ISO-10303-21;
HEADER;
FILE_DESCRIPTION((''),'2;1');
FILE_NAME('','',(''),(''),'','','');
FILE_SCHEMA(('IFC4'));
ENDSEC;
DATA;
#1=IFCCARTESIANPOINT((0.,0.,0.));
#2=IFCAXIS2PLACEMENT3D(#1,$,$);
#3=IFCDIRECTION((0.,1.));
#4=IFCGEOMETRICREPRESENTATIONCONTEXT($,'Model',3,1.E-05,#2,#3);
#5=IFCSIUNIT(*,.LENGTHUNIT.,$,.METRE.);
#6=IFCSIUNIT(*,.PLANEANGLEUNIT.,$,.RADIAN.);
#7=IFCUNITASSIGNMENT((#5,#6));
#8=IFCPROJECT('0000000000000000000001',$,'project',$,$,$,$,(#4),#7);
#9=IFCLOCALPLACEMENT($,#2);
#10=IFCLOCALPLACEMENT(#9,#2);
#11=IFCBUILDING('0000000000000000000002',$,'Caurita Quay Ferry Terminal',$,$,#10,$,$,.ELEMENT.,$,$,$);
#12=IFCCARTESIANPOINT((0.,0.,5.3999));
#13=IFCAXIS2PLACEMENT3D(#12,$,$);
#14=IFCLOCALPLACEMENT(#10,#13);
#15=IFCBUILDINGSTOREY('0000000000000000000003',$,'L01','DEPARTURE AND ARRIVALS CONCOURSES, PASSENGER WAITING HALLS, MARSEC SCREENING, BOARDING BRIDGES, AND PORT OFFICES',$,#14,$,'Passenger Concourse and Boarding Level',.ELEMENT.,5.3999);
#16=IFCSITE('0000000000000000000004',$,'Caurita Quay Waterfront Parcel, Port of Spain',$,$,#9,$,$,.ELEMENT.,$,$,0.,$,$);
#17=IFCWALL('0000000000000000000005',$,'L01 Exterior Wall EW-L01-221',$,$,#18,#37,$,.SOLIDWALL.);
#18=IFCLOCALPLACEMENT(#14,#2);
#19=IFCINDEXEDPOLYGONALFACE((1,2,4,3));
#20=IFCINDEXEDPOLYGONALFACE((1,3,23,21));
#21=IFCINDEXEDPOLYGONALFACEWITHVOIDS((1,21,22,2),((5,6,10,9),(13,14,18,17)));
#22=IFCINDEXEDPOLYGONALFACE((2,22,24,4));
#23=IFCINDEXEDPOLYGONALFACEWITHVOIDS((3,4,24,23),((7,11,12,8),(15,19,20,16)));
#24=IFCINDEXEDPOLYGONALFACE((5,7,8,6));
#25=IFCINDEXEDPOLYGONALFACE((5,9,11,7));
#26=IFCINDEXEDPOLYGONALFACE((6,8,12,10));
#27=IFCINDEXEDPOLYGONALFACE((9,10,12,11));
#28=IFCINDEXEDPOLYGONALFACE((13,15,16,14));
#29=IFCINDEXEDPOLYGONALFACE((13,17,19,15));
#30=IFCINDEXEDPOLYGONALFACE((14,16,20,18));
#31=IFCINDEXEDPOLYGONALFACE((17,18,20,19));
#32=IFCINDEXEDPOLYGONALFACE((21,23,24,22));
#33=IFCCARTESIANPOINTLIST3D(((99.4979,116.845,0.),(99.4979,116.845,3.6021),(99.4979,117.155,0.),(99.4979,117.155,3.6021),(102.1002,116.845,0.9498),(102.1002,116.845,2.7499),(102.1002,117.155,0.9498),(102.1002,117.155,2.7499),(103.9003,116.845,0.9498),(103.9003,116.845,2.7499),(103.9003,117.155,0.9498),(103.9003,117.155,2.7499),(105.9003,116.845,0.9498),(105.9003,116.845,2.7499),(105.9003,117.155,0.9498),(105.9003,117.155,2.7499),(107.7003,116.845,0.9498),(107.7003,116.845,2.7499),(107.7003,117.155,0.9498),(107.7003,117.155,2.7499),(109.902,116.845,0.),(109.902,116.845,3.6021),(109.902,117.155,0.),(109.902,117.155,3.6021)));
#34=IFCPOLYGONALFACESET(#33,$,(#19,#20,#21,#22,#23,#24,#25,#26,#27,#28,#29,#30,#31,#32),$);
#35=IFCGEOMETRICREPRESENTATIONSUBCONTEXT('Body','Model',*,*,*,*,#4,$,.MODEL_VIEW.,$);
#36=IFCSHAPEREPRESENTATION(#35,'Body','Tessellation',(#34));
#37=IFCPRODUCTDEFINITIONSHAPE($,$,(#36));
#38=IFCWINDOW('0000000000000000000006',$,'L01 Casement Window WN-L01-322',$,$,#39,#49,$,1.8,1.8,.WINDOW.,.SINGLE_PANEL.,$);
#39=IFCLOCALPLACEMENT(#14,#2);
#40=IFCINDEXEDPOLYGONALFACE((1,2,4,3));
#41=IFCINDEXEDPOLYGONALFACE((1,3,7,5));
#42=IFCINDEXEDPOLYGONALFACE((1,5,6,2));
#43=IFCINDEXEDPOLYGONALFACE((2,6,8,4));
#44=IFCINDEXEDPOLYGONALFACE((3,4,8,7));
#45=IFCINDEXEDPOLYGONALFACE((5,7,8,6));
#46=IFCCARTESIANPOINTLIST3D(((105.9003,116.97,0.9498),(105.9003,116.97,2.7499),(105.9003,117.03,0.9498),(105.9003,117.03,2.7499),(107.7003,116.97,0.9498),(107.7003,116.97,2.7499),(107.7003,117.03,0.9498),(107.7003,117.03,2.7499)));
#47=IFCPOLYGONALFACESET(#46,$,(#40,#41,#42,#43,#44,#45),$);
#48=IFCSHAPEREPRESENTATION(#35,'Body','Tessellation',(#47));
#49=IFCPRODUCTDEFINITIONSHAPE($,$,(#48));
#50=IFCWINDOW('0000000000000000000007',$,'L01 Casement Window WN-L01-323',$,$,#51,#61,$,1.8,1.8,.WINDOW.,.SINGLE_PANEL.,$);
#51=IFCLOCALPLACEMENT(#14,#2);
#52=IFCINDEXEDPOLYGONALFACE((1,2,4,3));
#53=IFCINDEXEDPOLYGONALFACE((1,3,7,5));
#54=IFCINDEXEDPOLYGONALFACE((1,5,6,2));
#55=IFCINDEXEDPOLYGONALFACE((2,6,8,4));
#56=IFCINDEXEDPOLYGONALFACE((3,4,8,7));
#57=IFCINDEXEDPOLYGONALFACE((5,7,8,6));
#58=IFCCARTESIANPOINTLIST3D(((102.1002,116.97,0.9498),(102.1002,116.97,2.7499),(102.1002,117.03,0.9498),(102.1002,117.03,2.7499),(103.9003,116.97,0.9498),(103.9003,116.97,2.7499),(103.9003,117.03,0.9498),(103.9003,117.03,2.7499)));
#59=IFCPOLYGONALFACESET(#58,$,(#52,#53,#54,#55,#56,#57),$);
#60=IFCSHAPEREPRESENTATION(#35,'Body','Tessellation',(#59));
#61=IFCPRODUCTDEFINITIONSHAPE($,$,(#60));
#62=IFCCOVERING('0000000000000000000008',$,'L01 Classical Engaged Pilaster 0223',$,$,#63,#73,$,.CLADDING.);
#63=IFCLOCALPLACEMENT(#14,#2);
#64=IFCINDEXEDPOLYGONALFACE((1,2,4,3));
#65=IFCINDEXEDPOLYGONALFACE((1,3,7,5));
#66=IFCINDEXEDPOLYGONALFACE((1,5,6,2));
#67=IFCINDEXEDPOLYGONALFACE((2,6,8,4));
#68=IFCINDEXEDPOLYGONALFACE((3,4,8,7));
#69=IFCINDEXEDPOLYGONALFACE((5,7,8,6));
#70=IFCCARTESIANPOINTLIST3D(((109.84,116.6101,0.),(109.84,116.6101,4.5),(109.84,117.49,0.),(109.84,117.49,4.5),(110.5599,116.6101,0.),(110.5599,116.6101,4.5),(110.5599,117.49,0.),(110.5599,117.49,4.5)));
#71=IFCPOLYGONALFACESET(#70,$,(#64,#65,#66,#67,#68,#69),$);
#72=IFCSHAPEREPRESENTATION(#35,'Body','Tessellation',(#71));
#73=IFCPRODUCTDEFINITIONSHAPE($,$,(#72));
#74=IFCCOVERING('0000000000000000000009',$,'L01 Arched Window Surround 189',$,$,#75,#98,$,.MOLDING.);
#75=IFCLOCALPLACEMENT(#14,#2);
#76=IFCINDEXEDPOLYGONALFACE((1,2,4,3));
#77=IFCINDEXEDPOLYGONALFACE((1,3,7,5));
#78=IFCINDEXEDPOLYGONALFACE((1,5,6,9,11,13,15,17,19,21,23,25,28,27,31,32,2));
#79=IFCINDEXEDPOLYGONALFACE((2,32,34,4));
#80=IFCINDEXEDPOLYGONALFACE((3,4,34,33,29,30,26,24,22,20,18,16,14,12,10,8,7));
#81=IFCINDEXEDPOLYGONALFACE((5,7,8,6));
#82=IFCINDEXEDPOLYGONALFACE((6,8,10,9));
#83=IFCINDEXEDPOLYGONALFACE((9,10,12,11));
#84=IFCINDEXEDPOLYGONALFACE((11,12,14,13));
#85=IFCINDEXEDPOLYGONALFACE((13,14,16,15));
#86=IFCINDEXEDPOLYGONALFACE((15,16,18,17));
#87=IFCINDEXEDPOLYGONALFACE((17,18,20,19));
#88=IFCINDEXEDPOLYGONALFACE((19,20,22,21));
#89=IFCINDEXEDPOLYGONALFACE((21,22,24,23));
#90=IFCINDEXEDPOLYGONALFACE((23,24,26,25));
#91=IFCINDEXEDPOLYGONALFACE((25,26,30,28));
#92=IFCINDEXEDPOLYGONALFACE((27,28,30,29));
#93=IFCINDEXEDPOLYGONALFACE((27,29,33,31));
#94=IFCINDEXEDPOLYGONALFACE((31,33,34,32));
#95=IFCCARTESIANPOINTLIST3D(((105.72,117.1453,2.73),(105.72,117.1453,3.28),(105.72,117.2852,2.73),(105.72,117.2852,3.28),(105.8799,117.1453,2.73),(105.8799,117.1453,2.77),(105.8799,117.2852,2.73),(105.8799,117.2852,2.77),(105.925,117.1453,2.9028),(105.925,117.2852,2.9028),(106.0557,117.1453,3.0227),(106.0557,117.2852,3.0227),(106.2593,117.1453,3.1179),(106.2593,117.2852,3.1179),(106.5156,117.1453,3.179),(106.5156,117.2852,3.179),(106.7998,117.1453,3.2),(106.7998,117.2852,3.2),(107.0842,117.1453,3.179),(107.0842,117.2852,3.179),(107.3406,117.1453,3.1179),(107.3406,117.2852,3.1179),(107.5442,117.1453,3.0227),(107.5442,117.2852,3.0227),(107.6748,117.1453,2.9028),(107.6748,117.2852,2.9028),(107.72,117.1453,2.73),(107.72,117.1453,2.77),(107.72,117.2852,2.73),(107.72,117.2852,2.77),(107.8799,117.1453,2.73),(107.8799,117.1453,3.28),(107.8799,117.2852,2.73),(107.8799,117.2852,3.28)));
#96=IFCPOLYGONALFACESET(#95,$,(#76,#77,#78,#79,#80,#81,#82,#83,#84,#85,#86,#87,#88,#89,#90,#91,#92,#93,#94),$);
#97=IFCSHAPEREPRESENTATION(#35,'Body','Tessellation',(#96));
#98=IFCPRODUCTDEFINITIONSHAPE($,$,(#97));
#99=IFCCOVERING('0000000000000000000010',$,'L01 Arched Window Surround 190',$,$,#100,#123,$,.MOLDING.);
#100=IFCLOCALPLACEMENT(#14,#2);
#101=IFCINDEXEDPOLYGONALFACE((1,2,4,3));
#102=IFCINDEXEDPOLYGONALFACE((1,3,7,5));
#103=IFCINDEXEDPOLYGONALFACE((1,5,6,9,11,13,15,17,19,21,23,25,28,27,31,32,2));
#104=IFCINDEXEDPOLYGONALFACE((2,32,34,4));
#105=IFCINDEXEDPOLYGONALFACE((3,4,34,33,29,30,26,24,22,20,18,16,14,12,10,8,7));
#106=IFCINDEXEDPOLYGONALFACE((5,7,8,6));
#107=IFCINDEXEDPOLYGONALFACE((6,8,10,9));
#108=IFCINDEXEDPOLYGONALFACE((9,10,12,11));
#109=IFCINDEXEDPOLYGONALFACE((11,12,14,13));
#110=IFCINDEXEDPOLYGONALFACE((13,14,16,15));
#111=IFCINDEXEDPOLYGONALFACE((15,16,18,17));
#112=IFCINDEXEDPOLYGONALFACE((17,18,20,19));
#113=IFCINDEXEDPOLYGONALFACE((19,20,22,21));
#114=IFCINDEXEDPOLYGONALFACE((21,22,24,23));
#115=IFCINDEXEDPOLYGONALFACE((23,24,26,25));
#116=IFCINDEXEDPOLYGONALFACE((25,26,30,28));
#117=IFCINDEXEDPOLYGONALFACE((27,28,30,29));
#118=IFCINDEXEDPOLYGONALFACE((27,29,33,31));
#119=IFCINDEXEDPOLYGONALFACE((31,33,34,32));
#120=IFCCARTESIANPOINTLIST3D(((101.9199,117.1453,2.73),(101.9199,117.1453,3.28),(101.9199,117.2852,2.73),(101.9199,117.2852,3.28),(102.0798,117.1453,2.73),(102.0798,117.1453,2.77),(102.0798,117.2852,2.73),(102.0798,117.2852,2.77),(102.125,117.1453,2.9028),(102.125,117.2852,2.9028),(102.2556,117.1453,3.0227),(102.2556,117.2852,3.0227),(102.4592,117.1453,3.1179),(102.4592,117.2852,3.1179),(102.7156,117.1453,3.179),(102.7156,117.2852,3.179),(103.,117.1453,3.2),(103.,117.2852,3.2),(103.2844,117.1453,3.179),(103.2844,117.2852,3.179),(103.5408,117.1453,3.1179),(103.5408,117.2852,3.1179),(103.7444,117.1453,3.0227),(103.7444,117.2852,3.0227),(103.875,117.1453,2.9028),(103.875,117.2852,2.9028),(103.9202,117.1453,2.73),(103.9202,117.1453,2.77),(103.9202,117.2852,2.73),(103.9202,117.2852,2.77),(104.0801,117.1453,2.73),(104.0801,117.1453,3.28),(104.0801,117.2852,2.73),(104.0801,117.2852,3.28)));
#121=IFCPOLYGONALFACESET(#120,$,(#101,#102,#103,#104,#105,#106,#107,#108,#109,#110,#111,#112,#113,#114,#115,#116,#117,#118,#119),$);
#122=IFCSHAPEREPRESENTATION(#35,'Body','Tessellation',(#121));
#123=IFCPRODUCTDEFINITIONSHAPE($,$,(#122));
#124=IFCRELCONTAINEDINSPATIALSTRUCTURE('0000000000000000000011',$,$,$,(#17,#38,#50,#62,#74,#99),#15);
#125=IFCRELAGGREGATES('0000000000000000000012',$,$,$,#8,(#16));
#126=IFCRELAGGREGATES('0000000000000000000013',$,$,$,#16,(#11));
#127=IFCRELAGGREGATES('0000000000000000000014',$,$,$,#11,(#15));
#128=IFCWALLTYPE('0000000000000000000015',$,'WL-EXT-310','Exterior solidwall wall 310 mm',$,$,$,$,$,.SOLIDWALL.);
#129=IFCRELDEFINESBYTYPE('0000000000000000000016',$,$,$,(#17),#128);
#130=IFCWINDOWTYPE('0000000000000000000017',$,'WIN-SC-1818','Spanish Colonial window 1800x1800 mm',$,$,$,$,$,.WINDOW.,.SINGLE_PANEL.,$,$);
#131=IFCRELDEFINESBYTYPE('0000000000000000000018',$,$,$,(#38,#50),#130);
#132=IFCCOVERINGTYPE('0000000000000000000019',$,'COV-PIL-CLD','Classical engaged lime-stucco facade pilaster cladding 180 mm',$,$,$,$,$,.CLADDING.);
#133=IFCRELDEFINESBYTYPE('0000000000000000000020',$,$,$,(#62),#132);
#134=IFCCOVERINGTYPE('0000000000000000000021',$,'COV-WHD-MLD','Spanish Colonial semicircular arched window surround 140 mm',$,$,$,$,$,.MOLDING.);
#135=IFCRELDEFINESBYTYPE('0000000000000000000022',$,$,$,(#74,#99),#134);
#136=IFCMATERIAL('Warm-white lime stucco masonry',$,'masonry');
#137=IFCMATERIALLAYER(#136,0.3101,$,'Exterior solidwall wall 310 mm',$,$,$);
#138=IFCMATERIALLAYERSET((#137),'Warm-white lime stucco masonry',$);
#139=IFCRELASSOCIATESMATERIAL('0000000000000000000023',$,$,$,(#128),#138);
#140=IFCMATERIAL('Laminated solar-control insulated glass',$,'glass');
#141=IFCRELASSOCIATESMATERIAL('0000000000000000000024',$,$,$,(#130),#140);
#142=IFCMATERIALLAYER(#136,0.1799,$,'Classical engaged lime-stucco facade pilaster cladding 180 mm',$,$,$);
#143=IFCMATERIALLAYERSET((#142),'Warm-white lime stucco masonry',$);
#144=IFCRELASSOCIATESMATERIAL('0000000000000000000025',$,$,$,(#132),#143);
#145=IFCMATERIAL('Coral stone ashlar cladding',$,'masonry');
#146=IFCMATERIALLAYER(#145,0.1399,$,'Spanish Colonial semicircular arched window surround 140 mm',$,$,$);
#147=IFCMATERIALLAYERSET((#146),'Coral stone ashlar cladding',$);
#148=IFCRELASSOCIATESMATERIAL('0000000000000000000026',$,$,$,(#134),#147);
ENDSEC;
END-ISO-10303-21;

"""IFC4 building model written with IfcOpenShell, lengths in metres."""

from ifc_helpers import new_model, si_unit, direction, frame, frame_2d, origin, origin_2d, place, context, subcontext, project, spatial, polyline, rectangle, outline, extrude, material, layer, layer_set, type_object, element, fill, save


model = new_model("IFC4")

# Units and contexts
model_context = context("Model", 3, precision=1e-05, world=origin(), true_north=direction((0.0, 1.0)))
body_context = subcontext(model_context, "Body", "Model", "MODEL_VIEW")
ifc_project = project(units=[si_unit("LENGTHUNIT", "METRE"), si_unit("PLANEANGLEUNIT", "RADIAN")], contexts=[model_context])

# Site, building, storey
site_placement = place(None, origin())
site = spatial("IfcSite", under=ifc_project, at=site_placement, Name="Caurita Quay Waterfront Parcel, Port of Spain", CompositionType="ELEMENT", RefElevation=0.0)
building_placement = place(site_placement, origin())
building = spatial("IfcBuilding", under=site, at=building_placement, Name="Caurita Quay Ferry Terminal", CompositionType="ELEMENT")
storey_placement = place(building_placement, frame((0.0, 0.0, 5.3999)))
storey = spatial("IfcBuildingStorey", under=building, at=storey_placement, Name="L01", Description="DEPARTURE AND ARRIVALS CONCOURSES, PASSENGER WAITING HALLS, MARSEC SCREENING, BOARDING BRIDGES, AND PORT OFFICES", LongName="Passenger Concourse and Boarding Level", CompositionType="ELEMENT", Elevation=5.3999)

# Wall, openings, windows
ifc_material_1 = material(Name="Warm-white lime stucco masonry", Category="masonry")
ifc_layer_1 = layer(ifc_material_1, 0.3101, Name="Exterior solidwall wall 310 mm")
ifc_layer_set_1 = layer_set([ifc_layer_1], Name="Warm-white lime stucco masonry")
wall_type = type_object("IfcWallType", Name="WL-EXT-310", Description="Exterior solidwall wall 310 mm", PredefinedType="SOLIDWALL", material=ifc_layer_set_1)
wall_placement = place(storey_placement, frame((109.9021, 117.0, 0.0), z_axis=(0.0, 0.0, 1.0), x_axis=(-1.0, 0.0, 0.0)))
wall = element("IfcWall", 1, at=wall_placement, inside=storey, type_object=wall_type, Name="L01 Exterior Wall EW-L01-221", PredefinedType="SOLIDWALL", context=body_context, shape_type="SweptSolid", body=[
    extrude(rectangle(XDim=10.4041, YDim=0.3101, at=frame_2d((5.2021, 0.0))), origin(), (0.0, 0.0, 1.0), 3.6021),
])
opening_1_placement = place(wall_placement, frame((2.2019, 0.0, 0.95)))
opening_1 = element("IfcOpeningElement", 2, at=opening_1_placement, cuts=wall, PredefinedType="OPENING", context=body_context, shape_type="SweptSolid", body=[
    extrude(rectangle(XDim=1.8, YDim=1.8, at=frame_2d((0.8999, 0.8999))), frame((0.0, 0.165, 0.0), z_axis=(0.0, -1.0, 0.0), x_axis=(1.0, 0.0, 0.0)), (0.0, 0.0, 1.0), 0.3301),
])
opening_2_placement = place(wall_placement, frame((6.002, 0.0, 0.95)))
opening_2 = element("IfcOpeningElement", 3, at=opening_2_placement, cuts=wall, PredefinedType="OPENING", context=body_context, shape_type="SweptSolid", body=[
    extrude(rectangle(XDim=1.8, YDim=1.8, at=frame_2d((0.8999, 0.8999))), frame((0.0, 0.165, 0.0), z_axis=(0.0, -1.0, 0.0), x_axis=(1.0, 0.0, 0.0)), (0.0, 0.0, 1.0), 0.3301),
])
ifc_material_2 = material(Name="Laminated solar-control insulated glass", Category="glass")
window_type = type_object("IfcWindowType", Name="WIN-SC-1818", Description="Spanish Colonial window 1800x1800 mm", PartitioningType="SINGLE_PANEL", PredefinedType="WINDOW", material=ifc_material_2)
window_1_placement = place(opening_1_placement, origin())
window_1 = element("IfcWindow", 4, at=window_1_placement, inside=storey, type_object=window_type, Name="L01 Casement Window WN-L01-322", OverallHeight=1.8, OverallWidth=1.8, PartitioningType="SINGLE_PANEL", PredefinedType="WINDOW", context=body_context, shape_type="SweptSolid", body=[
    extrude(rectangle(XDim=1.8, YDim=1.8, at=frame_2d((0.8999, 0.8999))), frame((0.0, 0.03, 0.0), z_axis=(0.0, -1.0, 0.0), x_axis=(1.0, 0.0, 0.0)), (0.0, 0.0, 1.0), 0.0601),
])
fill(opening_1, window_1)
window_2_placement = place(opening_2_placement, origin())
window_2 = element("IfcWindow", 5, at=window_2_placement, inside=storey, type_object=window_type, Name="L01 Casement Window WN-L01-323", OverallHeight=1.8, OverallWidth=1.8, PartitioningType="SINGLE_PANEL", PredefinedType="WINDOW", context=body_context, shape_type="SweptSolid", body=[
    extrude(rectangle(XDim=1.8, YDim=1.8, at=frame_2d((0.8999, 0.8999))), frame((0.0, 0.03, 0.0), z_axis=(0.0, -1.0, 0.0), x_axis=(1.0, 0.0, 0.0)), (0.0, 0.0, 1.0), 0.0601),
])
fill(opening_2, window_2)

# Coverings
ifc_layer_2 = layer(ifc_material_1, 0.1799, Name="Classical engaged lime-stucco facade pilaster cladding 180 mm")
ifc_layer_set_2 = layer_set([ifc_layer_2], Name="Warm-white lime stucco masonry")
covering_type_1 = type_object("IfcCoveringType", Name="COV-PIL-CLD", Description="Classical engaged lime-stucco facade pilaster cladding 180 mm", PredefinedType="CLADDING", material=ifc_layer_set_2)
covering_1_placement = place(storey_placement, frame((110.2, 117.05, 0.0), z_axis=(0.0, 0.0, 1.0), x_axis=(1.0, 0.0, 0.0)))
element("IfcCovering", 6, at=covering_1_placement, inside=storey, type_object=covering_type_1, Name="L01 Classical Engaged Pilaster 0223", PredefinedType="CLADDING", context=body_context, shape_type="SweptSolid", body=[
    extrude(rectangle(XDim=0.72, YDim=0.8799, at=origin_2d()), origin(), (0.0, 0.0, 1.0), 4.5),
])
ifc_material_3 = material(Name="Coral stone ashlar cladding", Category="masonry")
ifc_layer_3 = layer(ifc_material_3, 0.1399, Name="Spanish Colonial semicircular arched window surround 140 mm")
ifc_layer_set_3 = layer_set([ifc_layer_3], Name="Coral stone ashlar cladding")
covering_type_2 = type_object("IfcCoveringType", Name="COV-WHD-MLD", Description="Spanish Colonial semicircular arched window surround 140 mm", PredefinedType="MOLDING", material=ifc_layer_set_3)
covering_2_placement = place(storey_placement, frame((107.8799, 117.2151, 2.73), z_axis=(0.0, 0.0, 1.0), x_axis=(-1.0, 0.0, 0.0)))
element("IfcCovering", 7, at=covering_2_placement, inside=storey, type_object=covering_type_2, Name="L01 Arched Window Surround 189", PredefinedType="MOLDING", context=body_context, shape_type="SweptSolid", body=[
    extrude(outline(polyline([(0.0, 0.0), (0.1599, 0.0), (0.1599, 0.04), (0.2051, 0.1729), (0.3357, 0.2927), (0.5393, 0.3879), (0.7957, 0.449), (1.0801, 0.47), (1.3643, 0.449), (1.6206, 0.3879), (1.8242, 0.2927), (1.9548, 0.1729), (2.0, 0.04), (2.0, 0.0), (2.1599, 0.0), (2.1599, 0.55), (0.0, 0.55), (0.0, 0.0)])), frame((0.0, 0.0698, 0.0), z_axis=(0.0, -1.0, 0.0), x_axis=(1.0, 0.0, 0.0)), (0.0, 0.0, 1.0), 0.1399),
])
covering_3_placement = place(storey_placement, frame((104.0801, 117.2151, 2.73), z_axis=(0.0, 0.0, 1.0), x_axis=(-1.0, 0.0, 0.0)))
element("IfcCovering", 8, at=covering_3_placement, inside=storey, type_object=covering_type_2, Name="L01 Arched Window Surround 190", PredefinedType="MOLDING", context=body_context, shape_type="SweptSolid", body=[
    extrude(outline(polyline([(0.0, 0.0), (0.1599, 0.0), (0.1599, 0.04), (0.2051, 0.1729), (0.3357, 0.2927), (0.5393, 0.3879), (0.7957, 0.449), (1.0801, 0.47), (1.3645, 0.449), (1.6208, 0.3879), (1.8245, 0.2927), (1.9551, 0.1729), (2.0002, 0.04), (2.0002, 0.0), (2.1602, 0.0), (2.1602, 0.55), (0.0, 0.55), (0.0, 0.0)])), frame((0.0, 0.0698, 0.0), z_axis=(0.0, -1.0, 0.0), x_axis=(1.0, 0.0, 0.0)), (0.0, 0.0, 1.0), 0.1399),
])

save(model, "model.ifc")
